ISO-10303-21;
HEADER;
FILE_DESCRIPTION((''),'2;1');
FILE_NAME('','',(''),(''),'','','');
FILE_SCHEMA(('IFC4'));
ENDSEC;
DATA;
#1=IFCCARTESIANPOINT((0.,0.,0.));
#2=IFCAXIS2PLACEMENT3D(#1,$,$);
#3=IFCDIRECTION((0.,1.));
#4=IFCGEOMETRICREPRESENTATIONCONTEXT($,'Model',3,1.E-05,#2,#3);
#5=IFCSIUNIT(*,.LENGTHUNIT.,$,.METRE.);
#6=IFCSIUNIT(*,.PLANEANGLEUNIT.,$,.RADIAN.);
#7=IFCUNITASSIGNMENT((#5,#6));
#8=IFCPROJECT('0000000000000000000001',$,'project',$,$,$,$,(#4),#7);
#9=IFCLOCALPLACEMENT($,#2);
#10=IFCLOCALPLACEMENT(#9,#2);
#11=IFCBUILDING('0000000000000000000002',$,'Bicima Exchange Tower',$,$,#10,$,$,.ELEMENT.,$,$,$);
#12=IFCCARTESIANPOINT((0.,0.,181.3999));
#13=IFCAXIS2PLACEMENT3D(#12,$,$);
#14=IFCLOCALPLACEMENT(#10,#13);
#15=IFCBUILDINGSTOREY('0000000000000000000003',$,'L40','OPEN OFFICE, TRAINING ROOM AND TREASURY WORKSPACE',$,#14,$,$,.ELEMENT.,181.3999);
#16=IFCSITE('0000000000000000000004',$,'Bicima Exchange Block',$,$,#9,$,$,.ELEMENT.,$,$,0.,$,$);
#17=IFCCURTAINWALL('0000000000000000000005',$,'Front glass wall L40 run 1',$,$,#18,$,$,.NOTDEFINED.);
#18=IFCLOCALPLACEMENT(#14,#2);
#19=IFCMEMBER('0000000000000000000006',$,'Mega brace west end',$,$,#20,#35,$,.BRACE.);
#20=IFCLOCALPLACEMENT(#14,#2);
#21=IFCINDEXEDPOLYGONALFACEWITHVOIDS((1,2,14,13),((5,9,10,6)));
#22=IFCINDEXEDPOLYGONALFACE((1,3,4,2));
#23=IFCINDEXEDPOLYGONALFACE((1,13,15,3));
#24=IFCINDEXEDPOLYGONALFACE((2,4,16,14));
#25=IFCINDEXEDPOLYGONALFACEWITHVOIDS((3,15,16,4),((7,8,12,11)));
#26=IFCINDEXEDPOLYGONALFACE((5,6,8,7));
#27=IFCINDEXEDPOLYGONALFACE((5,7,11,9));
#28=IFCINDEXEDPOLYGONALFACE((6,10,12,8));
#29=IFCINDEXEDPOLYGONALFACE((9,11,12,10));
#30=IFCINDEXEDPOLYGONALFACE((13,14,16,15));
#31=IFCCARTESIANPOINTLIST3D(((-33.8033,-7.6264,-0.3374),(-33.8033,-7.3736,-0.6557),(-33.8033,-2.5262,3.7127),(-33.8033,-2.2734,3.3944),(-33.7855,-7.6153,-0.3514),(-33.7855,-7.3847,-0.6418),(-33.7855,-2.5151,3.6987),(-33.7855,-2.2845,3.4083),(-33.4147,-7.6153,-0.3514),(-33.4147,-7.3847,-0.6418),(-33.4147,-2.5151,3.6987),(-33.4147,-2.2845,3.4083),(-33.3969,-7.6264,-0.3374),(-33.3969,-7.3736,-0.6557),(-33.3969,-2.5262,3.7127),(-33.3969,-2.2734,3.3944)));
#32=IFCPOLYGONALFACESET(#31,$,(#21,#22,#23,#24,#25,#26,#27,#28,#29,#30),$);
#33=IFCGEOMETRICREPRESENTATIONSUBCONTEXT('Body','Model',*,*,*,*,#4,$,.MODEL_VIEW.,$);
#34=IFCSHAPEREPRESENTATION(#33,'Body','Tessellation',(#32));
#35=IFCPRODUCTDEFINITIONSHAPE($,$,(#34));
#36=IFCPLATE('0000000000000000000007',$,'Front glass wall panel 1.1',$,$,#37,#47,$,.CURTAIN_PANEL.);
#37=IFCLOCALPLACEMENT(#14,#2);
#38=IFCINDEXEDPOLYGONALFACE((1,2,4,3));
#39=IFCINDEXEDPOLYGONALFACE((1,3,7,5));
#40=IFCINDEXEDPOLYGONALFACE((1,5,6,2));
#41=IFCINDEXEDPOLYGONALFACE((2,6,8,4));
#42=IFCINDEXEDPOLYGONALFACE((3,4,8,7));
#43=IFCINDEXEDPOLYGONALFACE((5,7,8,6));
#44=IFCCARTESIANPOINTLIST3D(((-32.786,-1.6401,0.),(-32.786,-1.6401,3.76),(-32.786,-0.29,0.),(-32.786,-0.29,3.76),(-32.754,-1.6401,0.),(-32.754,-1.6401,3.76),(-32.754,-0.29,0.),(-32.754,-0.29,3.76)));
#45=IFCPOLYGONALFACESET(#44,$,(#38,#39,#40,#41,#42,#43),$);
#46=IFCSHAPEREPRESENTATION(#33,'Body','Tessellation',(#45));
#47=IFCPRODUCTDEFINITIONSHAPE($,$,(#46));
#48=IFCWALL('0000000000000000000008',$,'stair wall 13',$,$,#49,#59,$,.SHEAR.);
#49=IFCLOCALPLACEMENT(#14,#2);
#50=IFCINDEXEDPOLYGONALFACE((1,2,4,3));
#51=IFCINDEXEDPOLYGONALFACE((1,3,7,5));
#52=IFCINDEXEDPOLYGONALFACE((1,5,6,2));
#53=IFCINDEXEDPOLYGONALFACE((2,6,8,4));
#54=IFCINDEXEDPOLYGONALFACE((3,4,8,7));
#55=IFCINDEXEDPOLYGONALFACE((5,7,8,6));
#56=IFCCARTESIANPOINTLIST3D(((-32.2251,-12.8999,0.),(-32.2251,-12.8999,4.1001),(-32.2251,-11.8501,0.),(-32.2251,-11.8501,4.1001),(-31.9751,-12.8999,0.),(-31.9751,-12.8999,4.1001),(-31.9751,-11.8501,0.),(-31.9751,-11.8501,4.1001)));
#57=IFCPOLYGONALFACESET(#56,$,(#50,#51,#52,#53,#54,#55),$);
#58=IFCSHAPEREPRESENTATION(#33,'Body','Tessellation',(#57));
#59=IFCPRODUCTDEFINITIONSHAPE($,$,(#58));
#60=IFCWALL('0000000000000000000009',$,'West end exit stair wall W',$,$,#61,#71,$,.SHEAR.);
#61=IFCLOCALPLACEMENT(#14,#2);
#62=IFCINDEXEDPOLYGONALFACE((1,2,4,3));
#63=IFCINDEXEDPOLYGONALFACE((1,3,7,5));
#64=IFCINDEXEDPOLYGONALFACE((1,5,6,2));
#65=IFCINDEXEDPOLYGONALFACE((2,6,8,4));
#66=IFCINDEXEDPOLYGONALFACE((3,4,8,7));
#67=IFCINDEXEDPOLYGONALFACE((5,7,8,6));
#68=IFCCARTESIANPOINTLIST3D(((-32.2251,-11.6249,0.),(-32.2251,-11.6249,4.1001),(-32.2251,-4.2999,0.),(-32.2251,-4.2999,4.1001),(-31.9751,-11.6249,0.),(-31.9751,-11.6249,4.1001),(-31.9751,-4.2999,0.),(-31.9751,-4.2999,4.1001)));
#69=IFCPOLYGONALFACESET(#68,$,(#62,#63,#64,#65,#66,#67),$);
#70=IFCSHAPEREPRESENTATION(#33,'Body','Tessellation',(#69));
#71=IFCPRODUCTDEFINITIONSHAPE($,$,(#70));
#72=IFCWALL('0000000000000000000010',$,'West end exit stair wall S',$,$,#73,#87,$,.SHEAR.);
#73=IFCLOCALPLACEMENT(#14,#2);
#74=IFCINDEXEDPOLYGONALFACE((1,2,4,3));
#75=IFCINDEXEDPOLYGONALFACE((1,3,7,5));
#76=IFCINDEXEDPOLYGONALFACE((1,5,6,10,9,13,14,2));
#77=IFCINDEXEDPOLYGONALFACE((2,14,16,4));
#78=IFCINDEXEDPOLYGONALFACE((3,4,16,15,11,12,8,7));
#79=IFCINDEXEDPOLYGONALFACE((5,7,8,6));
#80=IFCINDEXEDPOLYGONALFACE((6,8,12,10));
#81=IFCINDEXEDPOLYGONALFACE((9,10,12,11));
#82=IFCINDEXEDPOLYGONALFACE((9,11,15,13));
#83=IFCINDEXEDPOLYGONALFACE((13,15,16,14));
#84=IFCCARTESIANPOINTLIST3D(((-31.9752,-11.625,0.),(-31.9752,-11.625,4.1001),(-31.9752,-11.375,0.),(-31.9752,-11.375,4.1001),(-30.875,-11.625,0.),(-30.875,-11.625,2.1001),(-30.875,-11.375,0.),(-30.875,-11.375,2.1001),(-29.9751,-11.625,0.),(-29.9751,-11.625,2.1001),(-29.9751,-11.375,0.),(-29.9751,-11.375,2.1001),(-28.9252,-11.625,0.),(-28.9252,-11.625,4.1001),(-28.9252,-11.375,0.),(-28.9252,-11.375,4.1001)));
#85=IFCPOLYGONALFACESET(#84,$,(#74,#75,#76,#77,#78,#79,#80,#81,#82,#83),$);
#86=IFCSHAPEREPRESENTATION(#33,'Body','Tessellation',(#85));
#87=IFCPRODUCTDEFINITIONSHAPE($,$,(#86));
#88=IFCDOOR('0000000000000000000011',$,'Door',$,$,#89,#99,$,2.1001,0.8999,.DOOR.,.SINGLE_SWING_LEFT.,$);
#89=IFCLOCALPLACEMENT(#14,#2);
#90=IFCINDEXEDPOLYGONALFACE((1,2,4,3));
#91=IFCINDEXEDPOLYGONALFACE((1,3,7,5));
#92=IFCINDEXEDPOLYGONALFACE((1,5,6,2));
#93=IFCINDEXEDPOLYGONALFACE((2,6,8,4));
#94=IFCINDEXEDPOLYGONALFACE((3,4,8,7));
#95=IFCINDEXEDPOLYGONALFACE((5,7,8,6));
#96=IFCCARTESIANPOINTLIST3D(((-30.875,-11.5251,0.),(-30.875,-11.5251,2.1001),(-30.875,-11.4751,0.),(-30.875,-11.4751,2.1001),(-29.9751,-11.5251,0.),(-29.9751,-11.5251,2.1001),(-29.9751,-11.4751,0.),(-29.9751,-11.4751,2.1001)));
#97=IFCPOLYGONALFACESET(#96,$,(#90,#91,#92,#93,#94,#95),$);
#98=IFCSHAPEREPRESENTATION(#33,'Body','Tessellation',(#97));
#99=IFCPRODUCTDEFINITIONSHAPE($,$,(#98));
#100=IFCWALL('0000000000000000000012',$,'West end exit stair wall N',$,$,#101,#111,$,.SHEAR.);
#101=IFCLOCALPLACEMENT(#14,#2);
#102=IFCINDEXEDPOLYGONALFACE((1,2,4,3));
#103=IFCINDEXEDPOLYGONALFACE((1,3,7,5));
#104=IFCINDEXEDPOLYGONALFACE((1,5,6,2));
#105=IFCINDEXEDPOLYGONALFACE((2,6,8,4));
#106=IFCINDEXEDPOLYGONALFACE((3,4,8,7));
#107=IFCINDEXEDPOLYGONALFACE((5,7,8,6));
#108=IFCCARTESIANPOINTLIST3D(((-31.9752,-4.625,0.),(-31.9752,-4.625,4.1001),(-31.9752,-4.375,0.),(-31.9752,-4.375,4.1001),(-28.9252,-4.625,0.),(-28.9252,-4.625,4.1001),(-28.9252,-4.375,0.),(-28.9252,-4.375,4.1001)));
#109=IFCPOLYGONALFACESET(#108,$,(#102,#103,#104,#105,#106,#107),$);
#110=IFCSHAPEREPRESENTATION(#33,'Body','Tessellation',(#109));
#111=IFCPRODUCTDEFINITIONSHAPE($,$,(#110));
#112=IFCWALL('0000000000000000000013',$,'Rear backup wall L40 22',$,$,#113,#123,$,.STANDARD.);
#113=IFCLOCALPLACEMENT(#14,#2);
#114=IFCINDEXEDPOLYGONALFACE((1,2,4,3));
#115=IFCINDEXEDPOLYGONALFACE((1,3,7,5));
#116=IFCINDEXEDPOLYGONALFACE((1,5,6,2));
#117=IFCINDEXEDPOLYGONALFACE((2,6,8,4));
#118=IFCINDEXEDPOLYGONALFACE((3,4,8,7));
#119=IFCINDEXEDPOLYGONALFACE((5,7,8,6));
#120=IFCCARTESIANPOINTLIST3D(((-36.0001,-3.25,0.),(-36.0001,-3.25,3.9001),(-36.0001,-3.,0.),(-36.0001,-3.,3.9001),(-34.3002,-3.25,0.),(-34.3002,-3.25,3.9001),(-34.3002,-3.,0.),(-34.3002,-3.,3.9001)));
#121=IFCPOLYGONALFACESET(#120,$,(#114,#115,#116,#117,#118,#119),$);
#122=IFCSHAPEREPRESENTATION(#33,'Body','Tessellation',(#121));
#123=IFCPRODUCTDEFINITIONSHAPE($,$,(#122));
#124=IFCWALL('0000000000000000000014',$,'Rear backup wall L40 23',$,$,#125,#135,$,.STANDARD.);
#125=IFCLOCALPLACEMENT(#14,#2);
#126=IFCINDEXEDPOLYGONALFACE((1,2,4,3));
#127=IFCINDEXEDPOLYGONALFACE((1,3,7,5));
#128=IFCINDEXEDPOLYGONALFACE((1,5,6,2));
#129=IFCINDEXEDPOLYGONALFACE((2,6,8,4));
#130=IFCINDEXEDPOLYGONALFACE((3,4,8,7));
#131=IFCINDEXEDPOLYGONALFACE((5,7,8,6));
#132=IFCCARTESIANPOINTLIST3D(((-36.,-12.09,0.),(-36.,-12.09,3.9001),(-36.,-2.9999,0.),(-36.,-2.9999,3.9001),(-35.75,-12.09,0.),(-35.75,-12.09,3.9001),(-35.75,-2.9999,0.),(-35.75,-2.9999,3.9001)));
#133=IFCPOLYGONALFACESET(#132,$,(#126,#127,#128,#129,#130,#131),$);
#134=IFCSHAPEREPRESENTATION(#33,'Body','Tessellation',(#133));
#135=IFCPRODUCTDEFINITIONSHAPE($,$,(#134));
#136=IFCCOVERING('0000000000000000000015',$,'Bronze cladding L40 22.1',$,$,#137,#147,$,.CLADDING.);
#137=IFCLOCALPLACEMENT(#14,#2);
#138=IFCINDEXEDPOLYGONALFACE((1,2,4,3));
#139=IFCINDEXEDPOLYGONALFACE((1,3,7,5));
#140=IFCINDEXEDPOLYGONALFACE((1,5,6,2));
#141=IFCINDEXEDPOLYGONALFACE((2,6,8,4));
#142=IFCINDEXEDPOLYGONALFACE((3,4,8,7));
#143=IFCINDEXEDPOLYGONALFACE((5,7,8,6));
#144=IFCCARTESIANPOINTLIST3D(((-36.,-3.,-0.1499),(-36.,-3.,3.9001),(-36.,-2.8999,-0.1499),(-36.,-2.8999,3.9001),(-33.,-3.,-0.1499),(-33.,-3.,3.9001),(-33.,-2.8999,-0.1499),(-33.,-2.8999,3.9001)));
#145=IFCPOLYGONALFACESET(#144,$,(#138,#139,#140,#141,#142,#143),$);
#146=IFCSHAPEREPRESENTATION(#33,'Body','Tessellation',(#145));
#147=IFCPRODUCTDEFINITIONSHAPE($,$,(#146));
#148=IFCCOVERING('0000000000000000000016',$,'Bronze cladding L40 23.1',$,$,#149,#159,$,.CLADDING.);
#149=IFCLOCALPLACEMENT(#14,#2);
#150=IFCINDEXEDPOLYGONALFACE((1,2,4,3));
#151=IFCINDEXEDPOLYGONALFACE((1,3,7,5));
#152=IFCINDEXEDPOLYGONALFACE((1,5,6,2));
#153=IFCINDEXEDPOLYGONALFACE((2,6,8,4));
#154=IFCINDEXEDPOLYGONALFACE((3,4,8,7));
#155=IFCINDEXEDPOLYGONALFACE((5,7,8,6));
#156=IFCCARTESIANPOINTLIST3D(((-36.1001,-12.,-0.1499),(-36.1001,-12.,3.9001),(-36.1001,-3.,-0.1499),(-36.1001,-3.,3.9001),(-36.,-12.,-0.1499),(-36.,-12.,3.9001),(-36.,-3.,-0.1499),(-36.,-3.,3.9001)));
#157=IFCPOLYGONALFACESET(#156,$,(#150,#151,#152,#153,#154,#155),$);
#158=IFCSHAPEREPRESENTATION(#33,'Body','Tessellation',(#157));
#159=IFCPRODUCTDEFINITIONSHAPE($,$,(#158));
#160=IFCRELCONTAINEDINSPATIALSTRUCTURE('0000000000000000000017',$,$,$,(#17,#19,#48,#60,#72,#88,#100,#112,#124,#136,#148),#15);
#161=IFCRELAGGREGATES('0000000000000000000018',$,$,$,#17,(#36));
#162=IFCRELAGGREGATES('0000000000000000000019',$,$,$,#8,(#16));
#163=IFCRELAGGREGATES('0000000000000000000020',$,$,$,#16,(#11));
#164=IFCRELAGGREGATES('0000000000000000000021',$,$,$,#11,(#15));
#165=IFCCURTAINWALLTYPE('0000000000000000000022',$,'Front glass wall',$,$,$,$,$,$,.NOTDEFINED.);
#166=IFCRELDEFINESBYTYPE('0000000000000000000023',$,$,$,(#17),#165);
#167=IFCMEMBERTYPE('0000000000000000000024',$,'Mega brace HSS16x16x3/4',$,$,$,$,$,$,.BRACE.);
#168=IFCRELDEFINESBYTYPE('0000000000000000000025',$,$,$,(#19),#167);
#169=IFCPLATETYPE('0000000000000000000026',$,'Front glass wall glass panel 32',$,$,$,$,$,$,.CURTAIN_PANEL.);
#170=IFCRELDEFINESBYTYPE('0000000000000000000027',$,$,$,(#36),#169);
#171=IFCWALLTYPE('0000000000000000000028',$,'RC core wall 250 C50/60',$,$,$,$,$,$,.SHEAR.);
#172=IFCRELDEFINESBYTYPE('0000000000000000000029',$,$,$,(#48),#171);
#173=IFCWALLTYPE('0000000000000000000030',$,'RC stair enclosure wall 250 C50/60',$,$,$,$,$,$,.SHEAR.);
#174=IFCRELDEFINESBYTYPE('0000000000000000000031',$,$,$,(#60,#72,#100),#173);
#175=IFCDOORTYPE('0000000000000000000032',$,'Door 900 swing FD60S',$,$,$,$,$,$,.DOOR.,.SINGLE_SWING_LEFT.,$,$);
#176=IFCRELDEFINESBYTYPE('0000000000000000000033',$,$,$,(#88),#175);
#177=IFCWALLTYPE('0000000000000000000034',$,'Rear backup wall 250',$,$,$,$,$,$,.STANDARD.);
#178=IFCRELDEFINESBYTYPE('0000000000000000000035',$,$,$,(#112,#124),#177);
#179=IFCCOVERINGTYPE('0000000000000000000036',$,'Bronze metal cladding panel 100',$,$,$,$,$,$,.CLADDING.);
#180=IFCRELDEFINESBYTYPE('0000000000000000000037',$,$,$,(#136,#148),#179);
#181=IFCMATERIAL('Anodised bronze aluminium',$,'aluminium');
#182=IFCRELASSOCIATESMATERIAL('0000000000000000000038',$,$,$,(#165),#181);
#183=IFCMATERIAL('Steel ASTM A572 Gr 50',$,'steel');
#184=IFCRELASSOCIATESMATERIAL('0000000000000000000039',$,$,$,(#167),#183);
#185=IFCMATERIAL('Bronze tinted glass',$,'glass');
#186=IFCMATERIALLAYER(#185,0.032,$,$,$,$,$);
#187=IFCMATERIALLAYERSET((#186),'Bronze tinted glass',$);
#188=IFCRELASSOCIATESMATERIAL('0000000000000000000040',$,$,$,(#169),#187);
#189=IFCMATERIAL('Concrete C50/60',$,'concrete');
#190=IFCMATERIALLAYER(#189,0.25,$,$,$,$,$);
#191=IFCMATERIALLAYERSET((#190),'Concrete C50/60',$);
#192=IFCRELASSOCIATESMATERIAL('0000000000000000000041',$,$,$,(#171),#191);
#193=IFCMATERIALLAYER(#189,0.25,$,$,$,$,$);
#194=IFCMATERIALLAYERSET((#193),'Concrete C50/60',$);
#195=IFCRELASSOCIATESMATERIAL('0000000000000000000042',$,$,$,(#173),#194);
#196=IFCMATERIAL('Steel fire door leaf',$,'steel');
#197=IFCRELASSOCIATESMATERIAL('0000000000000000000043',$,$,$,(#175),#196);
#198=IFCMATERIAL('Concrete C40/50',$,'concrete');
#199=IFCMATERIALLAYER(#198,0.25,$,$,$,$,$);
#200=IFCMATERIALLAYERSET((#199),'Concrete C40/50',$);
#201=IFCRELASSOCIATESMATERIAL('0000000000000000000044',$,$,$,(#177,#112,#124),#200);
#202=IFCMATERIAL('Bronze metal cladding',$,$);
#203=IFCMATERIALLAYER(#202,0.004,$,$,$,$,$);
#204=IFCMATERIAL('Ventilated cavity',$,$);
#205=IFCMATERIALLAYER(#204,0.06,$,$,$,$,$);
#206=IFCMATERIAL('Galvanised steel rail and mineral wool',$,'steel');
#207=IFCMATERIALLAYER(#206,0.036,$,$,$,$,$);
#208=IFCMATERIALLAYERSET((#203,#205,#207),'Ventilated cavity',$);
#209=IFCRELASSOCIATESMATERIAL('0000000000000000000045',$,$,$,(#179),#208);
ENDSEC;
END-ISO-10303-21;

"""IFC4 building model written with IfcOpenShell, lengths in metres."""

from ifc_helpers import new_model, si_unit, direction, frame, frame_2d, origin, origin_2d, place, context, subcontext, project, spatial, rectangle, hollow_rectangle, extrude, material, layer, layer_set, layer_usage, material_profile, profile_set, type_object, element, fill, aggregate, save


model = new_model("IFC4")

# Units and contexts
model_context = context("Model", 3, precision=1e-05, world=origin(), true_north=direction((0.0, 1.0)))
body_context = subcontext(model_context, "Body", "Model", "MODEL_VIEW")
ifc_project = project(units=[si_unit("LENGTHUNIT", "METRE"), si_unit("PLANEANGLEUNIT", "RADIAN")], contexts=[model_context])

# Site, building, storey
site_placement = place(None, origin())
site = spatial("IfcSite", under=ifc_project, at=site_placement, Name="Bicima Exchange Block", CompositionType="ELEMENT", RefElevation=0.0)
building_placement = place(site_placement, origin())
building = spatial("IfcBuilding", under=site, at=building_placement, Name="Bicima Exchange Tower", CompositionType="ELEMENT")
storey_placement = place(building_placement, frame((0.0, 0.0, 181.3999)))
storey = spatial("IfcBuildingStorey", under=building, at=storey_placement, Name="L40", Description="OPEN OFFICE, TRAINING ROOM AND TREASURY WORKSPACE", CompositionType="ELEMENT", Elevation=181.3999)

# Shared definitions
ifc_material_1 = material(Name="Steel ASTM A572 Gr 50", Category="steel")

# Shared definitions
ifc_material_2 = material(Name="Anodised bronze aluminium", Category="aluminium")

# Curtain wall
curtain_wall_type_1 = type_object("IfcCurtainWallType", Name="Front glass wall", PredefinedType="NOTDEFINED", material=ifc_material_2)
curtain_wall_1_placement = place(storey_placement, origin())
curtain_wall_1 = element("IfcCurtainWall", 1, at=curtain_wall_1_placement, inside=storey, type_object=curtain_wall_type_1, Name="Front glass wall L40 run 1", PredefinedType="NOTDEFINED")

# Member
ifc_material_profile_1 = material_profile(ifc_material_1, hollow_rectangle(XDim=0.4065, YDim=0.4065, WallThickness=0.0178, at=origin_2d()))
ifc_profile_set_1 = profile_set([ifc_material_profile_1], Name="Steel ASTM A572 Gr 50")
member_type_1 = type_object("IfcMemberType", Name="Mega brace HSS16x16x3/4", PredefinedType="BRACE", material=ifc_profile_set_1)
for number, where, z_axis, x_axis, name in (
    (2, (-33.6001, -7.5, -0.4966), (0.0, 0.783113, 0.621879), (-1.0, 0.0, 0.0), "Mega brace west end"),
):
    element("IfcMember", number, at=place(storey_placement, frame(where, z_axis=z_axis, x_axis=x_axis)), inside=storey, type_object=member_type_1, Name=name, PredefinedType="BRACE", context=body_context, shape_type="SweptSolid", body=[
        extrude(hollow_rectangle(XDim=0.4065, YDim=0.4065, WallThickness=0.0178, at=origin_2d()), origin(), (0.0, 0.0, 1.0), 6.5127),
    ])

# Plate
ifc_material_3 = material(Name="Bronze tinted glass", Category="glass")
ifc_layer_1 = layer(ifc_material_3, 0.032)
ifc_layer_set_1 = layer_set([ifc_layer_1], Name="Bronze tinted glass")
plate_type = type_object("IfcPlateType", Name="Front glass wall glass panel 32", PredefinedType="CURTAIN_PANEL", material=ifc_layer_set_1)
plate_placement = place(storey_placement, frame((-32.77, -0.9651, 0.0), z_axis=(0.0, 0.0, 1.0), x_axis=(0.0, -1.0, 0.0)))
plate = element("IfcPlate", 3, at=plate_placement, type_object=plate_type, Name="Front glass wall panel 1.1", PredefinedType="CURTAIN_PANEL", context=body_context, shape_type="SweptSolid", body=[
    extrude(rectangle(XDim=1.3501, YDim=0.032, at=origin_2d()), origin(), (0.0, 0.0, 1.0), 3.76),
])
aggregate(curtain_wall_1, [plate])

# Walls
ifc_material_4 = material(Name="Concrete C50/60", Category="concrete")
ifc_layer_2 = layer(ifc_material_4, 0.25)
ifc_layer_set_2 = layer_set([ifc_layer_2], Name="Concrete C50/60")
wall_type_1 = type_object("IfcWallType", Name="RC core wall 250 C50/60", PredefinedType="SHEAR", material=ifc_layer_set_2)
wall_1_placement = place(storey_placement, frame((-32.1001, -12.8999, 0.0), z_axis=(0.0, 0.0, 1.0), x_axis=(0.0, 1.0, 0.0)))
element("IfcWall", 4, at=wall_1_placement, inside=storey, type_object=wall_type_1, Name="stair wall 13", PredefinedType="SHEAR", context=body_context, shape_type="SweptSolid", body=[
    extrude(rectangle(XDim=1.0498, YDim=0.25, at=frame_2d((0.5249, 0.0))), origin(), (0.0, 0.0, 1.0), 4.1001),
])
ifc_layer_3 = layer(ifc_material_4, 0.25)
ifc_layer_set_3 = layer_set([ifc_layer_3], Name="Concrete C50/60")
wall_type_2 = type_object("IfcWallType", Name="RC stair enclosure wall 250 C50/60", PredefinedType="SHEAR", material=ifc_layer_set_3)
wall_2_placement = place(storey_placement, frame((-32.1001, -11.625, 0.0), z_axis=(0.0, 0.0, 1.0), x_axis=(0.0, 1.0, 0.0)))
element("IfcWall", 5, at=wall_2_placement, inside=storey, type_object=wall_type_2, Name="West end exit stair wall W", PredefinedType="SHEAR", context=body_context, shape_type="SweptSolid", body=[
    extrude(rectangle(XDim=7.325, YDim=0.25, at=frame_2d((3.6626, 0.0))), origin(), (0.0, 0.0, 1.0), 4.1001),
])

# Wall, opening, door
wall_3_placement = place(storey_placement, frame((-31.9751, -11.5, 0.0), z_axis=(0.0, 0.0, 1.0), x_axis=(1.0, 0.0, 0.0)))
wall_3 = element("IfcWall", 6, at=wall_3_placement, inside=storey, type_object=wall_type_2, Name="West end exit stair wall S", PredefinedType="SHEAR", context=body_context, shape_type="SweptSolid", body=[
    extrude(rectangle(XDim=3.05, YDim=0.25, at=frame_2d((1.5249, 0.0))), origin(), (0.0, 0.0, 1.0), 4.1001),
])
opening_placement = place(wall_3_placement, frame((1.1001, 0.0, 0.0)))
opening = element("IfcOpeningElement", 7, at=opening_placement, cuts=wall_3, PredefinedType="OPENING", context=body_context, shape_type="SweptSolid", body=[
    extrude(rectangle(XDim=0.8999, YDim=2.1001, at=frame_2d((0.45, 1.05))), frame((0.0, 0.137, 0.0), z_axis=(0.0, -1.0, 0.0), x_axis=(1.0, 0.0, 0.0)), (0.0, 0.0, 1.0), 0.2739),
])
ifc_material_5 = material(Name="Steel fire door leaf", Category="steel")
door_type = type_object("IfcDoorType", Name="Door 900 swing FD60S", OperationType="SINGLE_SWING_LEFT", PredefinedType="DOOR", material=ifc_material_5)
door_placement = place(opening_placement, origin())
door = element("IfcDoor", 8, at=door_placement, inside=storey, type_object=door_type, Name="Door", OperationType="SINGLE_SWING_LEFT", OverallHeight=2.1001, OverallWidth=0.8999, PredefinedType="DOOR", context=body_context, shape_type="SweptSolid", body=[
    extrude(rectangle(XDim=0.8999, YDim=2.1001, at=frame_2d((0.45, 1.05))), frame((0.0, 0.0249, 0.0), z_axis=(0.0, -1.0, 0.0), x_axis=(1.0, 0.0, 0.0)), (0.0, 0.0, 1.0), 0.05),
])
fill(opening, door)

# Walls
wall_4_placement = place(storey_placement, frame((-31.9751, -4.5, 0.0), z_axis=(0.0, 0.0, 1.0), x_axis=(1.0, 0.0, 0.0)))
element("IfcWall", 9, at=wall_4_placement, inside=storey, type_object=wall_type_2, Name="West end exit stair wall N", PredefinedType="SHEAR", context=body_context, shape_type="SweptSolid", body=[
    extrude(rectangle(XDim=3.05, YDim=0.25, at=frame_2d((1.5249, 0.0))), origin(), (0.0, 0.0, 1.0), 4.1001),
])
ifc_material_6 = material(Name="Concrete C40/50", Category="concrete")
ifc_layer_4 = layer(ifc_material_6, 0.25)
ifc_layer_set_4 = layer_set([ifc_layer_4], Name="Concrete C40/50")
ifc_layer_usage = layer_usage(ifc_layer_set_4, "AXIS2", "POSITIVE", -0.125)
wall_type_3 = type_object("IfcWallType", Name="Rear backup wall 250", PredefinedType="STANDARD", material=ifc_layer_set_4)
wall_5_placement = place(storey_placement, frame((-34.3, -3.125, 0.0), z_axis=(0.0, 0.0, 1.0), x_axis=(-1.0, 0.0, 0.0)))
element("IfcWall", 10, at=wall_5_placement, inside=storey, type_object=wall_type_3, material=ifc_layer_usage, Name="Rear backup wall L40 22", PredefinedType="STANDARD", context=body_context, shape_type="SweptSolid", body=[
    extrude(rectangle(XDim=1.7, YDim=0.25, at=frame_2d((0.8501, 0.0))), origin(), (0.0, 0.0, 1.0), 3.9001),
])
wall_6_placement = place(storey_placement, frame((-35.875, -3.0, 0.0), z_axis=(0.0, 0.0, 1.0), x_axis=(0.0, -1.0, 0.0)))
element("IfcWall", 11, at=wall_6_placement, inside=storey, type_object=wall_type_3, material=ifc_layer_usage, Name="Rear backup wall L40 23", PredefinedType="STANDARD", context=body_context, shape_type="SweptSolid", body=[
    extrude(rectangle(XDim=9.0901, YDim=0.25, at=frame_2d((4.5449, 0.0))), origin(), (0.0, 0.0, 1.0), 3.9001),
])

# Coverings
ifc_material_7 = material(Name="Bronze metal cladding")
ifc_layer_5 = layer(ifc_material_7, 0.004)
ifc_material_8 = material(Name="Ventilated cavity")
ifc_layer_6 = layer(ifc_material_8, 0.06)
ifc_material_9 = material(Name="Galvanised steel rail and mineral wool", Category="steel")
ifc_layer_7 = layer(ifc_material_9, 0.036)
ifc_layer_set_5 = layer_set([ifc_layer_5, ifc_layer_6, ifc_layer_7], Name="Ventilated cavity")
covering_type = type_object("IfcCoveringType", Name="Bronze metal cladding panel 100", PredefinedType="CLADDING", material=ifc_layer_set_5)
covering_1_placement = place(storey_placement, frame((-34.5, -2.95, -0.1499), z_axis=(0.0, 0.0, 1.0), x_axis=(-1.0, 0.0, 0.0)))
element("IfcCovering", 12, at=covering_1_placement, inside=storey, type_object=covering_type, Name="Bronze cladding L40 22.1", PredefinedType="CLADDING", context=body_context, shape_type="SweptSolid", body=[
    extrude(rectangle(XDim=3.0, YDim=0.1001, at=origin_2d()), origin(), (0.0, 0.0, 1.0), 4.05),
])
covering_2_placement = place(storey_placement, frame((-36.05, -7.5, -0.1499), z_axis=(0.0, 0.0, 1.0), x_axis=(0.0, -1.0, 0.0)))
element("IfcCovering", 13, at=covering_2_placement, inside=storey, type_object=covering_type, Name="Bronze cladding L40 23.1", PredefinedType="CLADDING", context=body_context, shape_type="SweptSolid", body=[
    extrude(rectangle(XDim=9.0, YDim=0.1001, at=origin_2d()), origin(), (0.0, 0.0, 1.0), 4.05),
])

save(model, "model.ifc")
